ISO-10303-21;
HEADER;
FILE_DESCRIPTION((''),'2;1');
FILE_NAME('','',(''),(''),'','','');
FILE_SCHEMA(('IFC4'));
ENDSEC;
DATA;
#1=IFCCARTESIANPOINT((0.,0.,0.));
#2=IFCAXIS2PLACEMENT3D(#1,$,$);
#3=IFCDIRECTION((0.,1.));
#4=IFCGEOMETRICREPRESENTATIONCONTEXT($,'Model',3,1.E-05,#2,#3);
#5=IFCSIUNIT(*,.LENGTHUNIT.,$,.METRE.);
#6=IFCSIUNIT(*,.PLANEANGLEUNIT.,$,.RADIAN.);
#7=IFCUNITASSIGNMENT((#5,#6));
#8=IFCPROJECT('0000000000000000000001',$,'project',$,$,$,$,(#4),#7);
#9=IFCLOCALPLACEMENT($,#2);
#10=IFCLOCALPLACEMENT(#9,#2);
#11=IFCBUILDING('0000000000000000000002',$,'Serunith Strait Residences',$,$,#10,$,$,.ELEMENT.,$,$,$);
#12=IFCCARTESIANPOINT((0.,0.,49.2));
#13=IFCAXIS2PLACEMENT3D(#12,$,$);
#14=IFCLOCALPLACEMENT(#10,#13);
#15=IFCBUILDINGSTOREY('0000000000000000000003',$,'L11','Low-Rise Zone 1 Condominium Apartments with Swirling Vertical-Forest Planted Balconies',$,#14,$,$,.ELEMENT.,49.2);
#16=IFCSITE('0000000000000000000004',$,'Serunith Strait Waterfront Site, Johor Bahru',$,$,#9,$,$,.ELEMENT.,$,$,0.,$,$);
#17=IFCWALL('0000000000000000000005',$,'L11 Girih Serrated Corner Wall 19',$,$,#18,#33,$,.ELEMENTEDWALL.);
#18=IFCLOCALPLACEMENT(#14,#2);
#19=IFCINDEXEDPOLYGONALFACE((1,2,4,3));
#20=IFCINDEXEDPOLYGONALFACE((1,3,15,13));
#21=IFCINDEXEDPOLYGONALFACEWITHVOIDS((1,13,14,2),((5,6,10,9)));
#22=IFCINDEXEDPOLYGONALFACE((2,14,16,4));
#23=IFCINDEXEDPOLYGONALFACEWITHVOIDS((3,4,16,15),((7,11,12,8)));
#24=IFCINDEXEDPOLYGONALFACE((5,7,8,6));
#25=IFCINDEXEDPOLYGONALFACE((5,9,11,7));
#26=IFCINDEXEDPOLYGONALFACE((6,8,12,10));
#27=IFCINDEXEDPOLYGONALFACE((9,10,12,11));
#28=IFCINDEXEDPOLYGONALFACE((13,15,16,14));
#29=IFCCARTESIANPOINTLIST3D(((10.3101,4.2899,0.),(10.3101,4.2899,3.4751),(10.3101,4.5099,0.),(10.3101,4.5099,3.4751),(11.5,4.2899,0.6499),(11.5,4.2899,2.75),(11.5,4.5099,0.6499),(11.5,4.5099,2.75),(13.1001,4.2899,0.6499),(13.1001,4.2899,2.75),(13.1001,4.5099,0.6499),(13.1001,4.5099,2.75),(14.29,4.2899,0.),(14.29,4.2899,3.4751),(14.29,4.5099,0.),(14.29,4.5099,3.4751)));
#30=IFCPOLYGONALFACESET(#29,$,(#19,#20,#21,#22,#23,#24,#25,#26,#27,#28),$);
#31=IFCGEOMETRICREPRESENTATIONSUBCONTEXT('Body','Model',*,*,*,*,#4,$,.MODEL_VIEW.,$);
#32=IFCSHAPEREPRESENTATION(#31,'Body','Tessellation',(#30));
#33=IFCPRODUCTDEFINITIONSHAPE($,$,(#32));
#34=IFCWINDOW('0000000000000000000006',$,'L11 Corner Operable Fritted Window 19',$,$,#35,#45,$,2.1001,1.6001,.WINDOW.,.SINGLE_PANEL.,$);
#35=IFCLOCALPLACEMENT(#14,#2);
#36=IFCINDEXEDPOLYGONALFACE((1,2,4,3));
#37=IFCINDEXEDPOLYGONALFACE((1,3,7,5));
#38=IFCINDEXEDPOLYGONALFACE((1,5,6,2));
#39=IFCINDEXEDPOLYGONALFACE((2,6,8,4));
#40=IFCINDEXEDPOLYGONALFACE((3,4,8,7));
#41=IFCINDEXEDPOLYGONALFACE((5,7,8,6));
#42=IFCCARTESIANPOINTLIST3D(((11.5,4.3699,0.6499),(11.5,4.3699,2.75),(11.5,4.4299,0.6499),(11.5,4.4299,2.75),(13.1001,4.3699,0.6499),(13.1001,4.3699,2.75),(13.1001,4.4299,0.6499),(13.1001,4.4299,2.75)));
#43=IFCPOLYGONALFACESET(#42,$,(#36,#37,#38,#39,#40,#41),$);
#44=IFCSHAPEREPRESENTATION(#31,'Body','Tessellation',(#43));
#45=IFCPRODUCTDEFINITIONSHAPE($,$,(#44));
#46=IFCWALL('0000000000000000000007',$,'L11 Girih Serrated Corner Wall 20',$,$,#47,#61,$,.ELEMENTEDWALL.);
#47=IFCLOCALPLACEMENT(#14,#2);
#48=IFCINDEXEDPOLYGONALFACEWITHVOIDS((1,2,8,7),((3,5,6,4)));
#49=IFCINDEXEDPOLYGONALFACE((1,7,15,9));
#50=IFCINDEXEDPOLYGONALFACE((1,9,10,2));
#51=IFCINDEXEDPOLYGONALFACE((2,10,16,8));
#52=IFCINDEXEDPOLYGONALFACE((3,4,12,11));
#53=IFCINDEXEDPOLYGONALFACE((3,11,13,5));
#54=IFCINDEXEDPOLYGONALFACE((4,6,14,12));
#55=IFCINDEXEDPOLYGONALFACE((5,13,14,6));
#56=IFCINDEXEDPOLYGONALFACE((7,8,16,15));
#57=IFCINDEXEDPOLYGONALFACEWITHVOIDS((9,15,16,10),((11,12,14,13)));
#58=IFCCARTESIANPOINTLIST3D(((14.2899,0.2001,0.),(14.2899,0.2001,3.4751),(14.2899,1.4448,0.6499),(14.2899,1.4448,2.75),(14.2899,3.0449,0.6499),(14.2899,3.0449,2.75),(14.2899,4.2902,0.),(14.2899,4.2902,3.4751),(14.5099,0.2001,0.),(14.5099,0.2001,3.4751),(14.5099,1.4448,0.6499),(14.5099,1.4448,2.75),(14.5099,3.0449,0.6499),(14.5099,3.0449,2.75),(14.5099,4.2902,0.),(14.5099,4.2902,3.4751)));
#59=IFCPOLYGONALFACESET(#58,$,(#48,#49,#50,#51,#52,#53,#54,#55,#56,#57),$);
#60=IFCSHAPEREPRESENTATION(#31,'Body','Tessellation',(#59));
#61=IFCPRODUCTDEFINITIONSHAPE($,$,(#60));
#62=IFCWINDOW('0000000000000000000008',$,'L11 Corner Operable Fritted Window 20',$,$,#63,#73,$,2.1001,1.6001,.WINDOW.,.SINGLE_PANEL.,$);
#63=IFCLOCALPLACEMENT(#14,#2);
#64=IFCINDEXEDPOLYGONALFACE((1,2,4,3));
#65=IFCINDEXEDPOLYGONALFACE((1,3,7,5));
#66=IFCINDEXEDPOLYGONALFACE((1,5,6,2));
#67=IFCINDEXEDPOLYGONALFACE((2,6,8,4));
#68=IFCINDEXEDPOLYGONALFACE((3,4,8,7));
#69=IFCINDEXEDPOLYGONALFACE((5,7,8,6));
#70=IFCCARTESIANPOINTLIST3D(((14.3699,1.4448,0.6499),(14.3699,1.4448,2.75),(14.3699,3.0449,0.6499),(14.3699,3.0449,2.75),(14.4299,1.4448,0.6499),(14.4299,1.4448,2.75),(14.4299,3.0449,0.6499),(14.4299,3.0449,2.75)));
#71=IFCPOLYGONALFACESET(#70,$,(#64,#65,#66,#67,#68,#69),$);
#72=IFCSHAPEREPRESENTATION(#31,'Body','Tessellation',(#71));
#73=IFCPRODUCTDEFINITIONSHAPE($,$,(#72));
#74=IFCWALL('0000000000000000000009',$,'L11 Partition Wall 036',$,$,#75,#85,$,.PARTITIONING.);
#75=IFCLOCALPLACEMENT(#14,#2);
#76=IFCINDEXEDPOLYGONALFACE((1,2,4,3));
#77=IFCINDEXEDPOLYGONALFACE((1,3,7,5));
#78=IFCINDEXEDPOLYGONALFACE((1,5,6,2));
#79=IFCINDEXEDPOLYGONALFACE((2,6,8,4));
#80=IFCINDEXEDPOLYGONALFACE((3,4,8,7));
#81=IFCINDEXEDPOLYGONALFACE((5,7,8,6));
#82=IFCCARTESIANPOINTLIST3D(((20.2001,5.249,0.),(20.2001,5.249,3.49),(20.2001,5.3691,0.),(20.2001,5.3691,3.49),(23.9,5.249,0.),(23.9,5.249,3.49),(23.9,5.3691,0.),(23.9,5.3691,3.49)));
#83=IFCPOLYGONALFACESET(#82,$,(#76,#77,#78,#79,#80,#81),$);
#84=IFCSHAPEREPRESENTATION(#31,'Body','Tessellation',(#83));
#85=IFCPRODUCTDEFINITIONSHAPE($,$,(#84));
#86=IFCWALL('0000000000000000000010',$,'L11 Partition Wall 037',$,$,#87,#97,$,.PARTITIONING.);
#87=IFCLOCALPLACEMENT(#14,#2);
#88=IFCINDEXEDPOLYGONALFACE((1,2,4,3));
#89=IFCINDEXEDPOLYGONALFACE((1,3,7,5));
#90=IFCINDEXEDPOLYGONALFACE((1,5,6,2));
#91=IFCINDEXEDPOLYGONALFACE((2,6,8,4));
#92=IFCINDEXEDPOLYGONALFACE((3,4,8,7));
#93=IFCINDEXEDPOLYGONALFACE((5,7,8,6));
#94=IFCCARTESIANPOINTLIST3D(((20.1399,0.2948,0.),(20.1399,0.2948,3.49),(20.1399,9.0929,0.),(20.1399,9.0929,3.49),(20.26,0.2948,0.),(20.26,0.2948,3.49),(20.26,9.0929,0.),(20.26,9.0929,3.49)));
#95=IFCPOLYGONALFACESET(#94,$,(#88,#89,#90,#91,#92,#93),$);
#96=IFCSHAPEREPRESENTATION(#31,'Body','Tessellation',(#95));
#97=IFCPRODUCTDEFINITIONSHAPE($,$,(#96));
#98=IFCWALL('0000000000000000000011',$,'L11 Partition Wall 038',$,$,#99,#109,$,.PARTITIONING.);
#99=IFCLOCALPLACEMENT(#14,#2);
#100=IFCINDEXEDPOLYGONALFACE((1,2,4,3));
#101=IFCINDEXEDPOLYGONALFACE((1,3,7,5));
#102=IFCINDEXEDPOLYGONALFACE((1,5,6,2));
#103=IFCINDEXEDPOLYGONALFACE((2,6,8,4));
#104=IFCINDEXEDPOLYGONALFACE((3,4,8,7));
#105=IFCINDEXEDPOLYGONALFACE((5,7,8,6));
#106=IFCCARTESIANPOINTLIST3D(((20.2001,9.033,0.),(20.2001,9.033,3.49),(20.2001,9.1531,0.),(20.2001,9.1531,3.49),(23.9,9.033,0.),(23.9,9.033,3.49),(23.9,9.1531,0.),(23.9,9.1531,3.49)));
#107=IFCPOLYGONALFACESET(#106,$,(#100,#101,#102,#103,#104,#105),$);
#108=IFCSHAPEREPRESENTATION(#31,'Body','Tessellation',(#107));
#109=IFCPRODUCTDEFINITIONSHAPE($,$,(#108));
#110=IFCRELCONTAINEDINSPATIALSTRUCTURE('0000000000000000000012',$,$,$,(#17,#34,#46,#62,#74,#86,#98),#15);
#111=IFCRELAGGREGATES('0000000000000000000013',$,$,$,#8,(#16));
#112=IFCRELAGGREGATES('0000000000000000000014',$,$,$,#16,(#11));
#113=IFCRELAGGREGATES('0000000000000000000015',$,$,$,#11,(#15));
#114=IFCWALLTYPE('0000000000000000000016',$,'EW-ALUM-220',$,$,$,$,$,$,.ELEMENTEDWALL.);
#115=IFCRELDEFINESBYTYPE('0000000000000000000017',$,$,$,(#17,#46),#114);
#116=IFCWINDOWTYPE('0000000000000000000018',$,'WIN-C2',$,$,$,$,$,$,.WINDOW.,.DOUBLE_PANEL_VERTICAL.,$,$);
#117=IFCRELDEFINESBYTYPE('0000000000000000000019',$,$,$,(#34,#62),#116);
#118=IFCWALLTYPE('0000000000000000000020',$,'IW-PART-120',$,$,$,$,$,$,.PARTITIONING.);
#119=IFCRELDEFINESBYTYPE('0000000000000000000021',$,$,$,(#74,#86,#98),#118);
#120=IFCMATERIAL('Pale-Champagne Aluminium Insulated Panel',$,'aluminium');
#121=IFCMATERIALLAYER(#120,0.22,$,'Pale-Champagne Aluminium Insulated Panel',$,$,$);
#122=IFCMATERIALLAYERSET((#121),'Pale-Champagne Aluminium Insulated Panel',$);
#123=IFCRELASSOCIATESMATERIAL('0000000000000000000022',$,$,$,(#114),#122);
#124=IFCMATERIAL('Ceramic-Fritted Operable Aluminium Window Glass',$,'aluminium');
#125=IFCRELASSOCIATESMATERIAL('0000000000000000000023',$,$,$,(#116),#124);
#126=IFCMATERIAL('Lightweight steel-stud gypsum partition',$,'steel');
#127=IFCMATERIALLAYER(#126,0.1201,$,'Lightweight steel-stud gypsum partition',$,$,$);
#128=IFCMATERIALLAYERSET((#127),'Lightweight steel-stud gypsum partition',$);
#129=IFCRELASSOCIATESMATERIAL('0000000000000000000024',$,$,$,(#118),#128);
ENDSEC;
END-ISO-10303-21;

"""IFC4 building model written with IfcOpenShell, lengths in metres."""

from ifc_helpers import new_model, si_unit, direction, frame, frame_2d, origin, place, context, subcontext, project, spatial, rectangle, extrude, source, transform, mapped, material, layer, layer_set, type_object, element, fill, save


model = new_model("IFC4")

# Units and contexts
model_context = context("Model", 3, precision=1e-05, world=origin(), true_north=direction((0.0, 1.0)))
body_context = subcontext(model_context, "Body", "Model", "MODEL_VIEW")
ifc_project = project(units=[si_unit("LENGTHUNIT", "METRE"), si_unit("PLANEANGLEUNIT", "RADIAN")], contexts=[model_context])

# Site, building, storey
site_placement = place(None, origin())
site = spatial("IfcSite", under=ifc_project, at=site_placement, Name="Serunith Strait Waterfront Site, Johor Bahru", CompositionType="ELEMENT", RefElevation=0.0)
building_placement = place(site_placement, origin())
building = spatial("IfcBuilding", under=site, at=building_placement, Name="Serunith Strait Residences", CompositionType="ELEMENT")
storey_placement = place(building_placement, frame((0.0, 0.0, 49.2)))
storey = spatial("IfcBuildingStorey", under=building, at=storey_placement, Name="L11", Description="Low-Rise Zone 1 Condominium Apartments with Swirling Vertical-Forest Planted Balconies", CompositionType="ELEMENT", Elevation=49.2)

# Walls, openings, windows
ifc_material_1 = material(Name="Pale-Champagne Aluminium Insulated Panel", Category="aluminium")
ifc_layer_1 = layer(ifc_material_1, 0.22, Name="Pale-Champagne Aluminium Insulated Panel")
ifc_layer_set_1 = layer_set([ifc_layer_1], Name="Pale-Champagne Aluminium Insulated Panel")
wall_type_1 = type_object("IfcWallType", Name="EW-ALUM-220", PredefinedType="ELEMENTEDWALL", material=ifc_layer_set_1)
ifc_material_2 = material(Name="Ceramic-Fritted Operable Aluminium Window Glass", Category="aluminium")
window_type = type_object("IfcWindowType", Name="WIN-C2", PartitioningType="DOUBLE_PANEL_VERTICAL", PredefinedType="WINDOW", material=ifc_material_2)
shared_shape_1 = source(origin(), body_context, "Body", "SweptSolid", [
    extrude(rectangle(XDim=1.6001, YDim=2.1001, at=frame_2d((0.8, 1.05))), frame((0.0, 0.03, 0.0), z_axis=(0.0, -1.0, 0.0), x_axis=(1.0, 0.0, 0.0)), (0.0, 0.0, 1.0), 0.0601),
])
wall_1_placement = place(storey_placement, frame((10.3101, 4.3999, 0.0), z_axis=(0.0, 0.0, 1.0), x_axis=(1.0, 0.0, 0.0)))
wall_1 = element("IfcWall", 1, at=wall_1_placement, inside=storey, type_object=wall_type_1, Name="L11 Girih Serrated Corner Wall 19", PredefinedType="ELEMENTEDWALL", context=body_context, shape_type="SweptSolid", body=[
    extrude(rectangle(XDim=3.98, YDim=0.22, at=frame_2d((1.99, 0.0))), origin(), (0.0, 0.0, 1.0), 3.4751),
])
opening_1_placement = place(wall_1_placement, frame((1.1899, 0.0, 0.6499)))
opening_1 = element("IfcOpeningElement", 2, at=opening_1_placement, cuts=wall_1, PredefinedType="OPENING", context=body_context, shape_type="SweptSolid", body=[
    extrude(rectangle(XDim=1.6001, YDim=2.1001, at=frame_2d((0.8, 1.05))), frame((0.0, 0.1201, 0.0), z_axis=(0.0, -1.0, 0.0), x_axis=(1.0, 0.0, 0.0)), (0.0, 0.0, 1.0), 0.24),
])
window_1_placement = place(opening_1_placement, origin())
window_1 = element("IfcWindow", 3, at=window_1_placement, inside=storey, type_object=window_type, Name="L11 Corner Operable Fritted Window 19", OverallHeight=2.1001, OverallWidth=1.6001, PartitioningType="SINGLE_PANEL", PredefinedType="WINDOW", context=body_context, shape_type="MappedRepresentation", body=[
    mapped(shared_shape_1, transform((0.0, 0.0, 0.0), scale=1.0)),
])
fill(opening_1, window_1)
wall_2_placement = place(storey_placement, frame((14.3999, 4.29, 0.0), z_axis=(0.0, 0.0, 1.0), x_axis=(0.0, -1.0, 0.0)))
wall_2 = element("IfcWall", 4, at=wall_2_placement, inside=storey, type_object=wall_type_1, Name="L11 Girih Serrated Corner Wall 20", PredefinedType="ELEMENTEDWALL", context=body_context, shape_type="SweptSolid", body=[
    extrude(rectangle(XDim=4.0901, YDim=0.22, at=frame_2d((2.0449, 0.0))), origin(), (0.0, 0.0, 1.0), 3.4751),
])
opening_2_placement = place(wall_2_placement, frame((1.2451, 0.0, 0.6499)))
opening_2 = element("IfcOpeningElement", 5, at=opening_2_placement, cuts=wall_2, PredefinedType="OPENING", context=body_context, shape_type="SweptSolid", body=[
    extrude(rectangle(XDim=1.6001, YDim=2.1001, at=frame_2d((0.8, 1.05))), frame((0.0, 0.1201, 0.0), z_axis=(0.0, -1.0, 0.0), x_axis=(1.0, 0.0, 0.0)), (0.0, 0.0, 1.0), 0.24),
])
window_2_placement = place(opening_2_placement, origin())
window_2 = element("IfcWindow", 6, at=window_2_placement, inside=storey, type_object=window_type, Name="L11 Corner Operable Fritted Window 20", OverallHeight=2.1001, OverallWidth=1.6001, PartitioningType="SINGLE_PANEL", PredefinedType="WINDOW", context=body_context, shape_type="MappedRepresentation", body=[
    mapped(shared_shape_1, transform((0.0, 0.0, 0.0), scale=1.0)),
])
fill(opening_2, window_2)

# Walls
ifc_material_3 = material(Name="Lightweight steel-stud gypsum partition", Category="steel")
ifc_layer_2 = layer(ifc_material_3, 0.1201, Name="Lightweight steel-stud gypsum partition")
ifc_layer_set_2 = layer_set([ifc_layer_2], Name="Lightweight steel-stud gypsum partition")
wall_type_2 = type_object("IfcWallType", Name="IW-PART-120", PredefinedType="PARTITIONING", material=ifc_layer_set_2)
wall_3_placement = place(storey_placement, frame((20.2, 5.3091, 0.0), z_axis=(0.0, 0.0, 1.0), x_axis=(1.0, 0.0, 0.0)))
element("IfcWall", 7, at=wall_3_placement, inside=storey, type_object=wall_type_2, Name="L11 Partition Wall 036", PredefinedType="PARTITIONING", context=body_context, shape_type="SweptSolid", body=[
    extrude(rectangle(XDim=3.7, YDim=0.1201, at=frame_2d((1.8501, 0.0))), origin(), (0.0, 0.0, 1.0), 3.49),
])
wall_4_placement = place(storey_placement, frame((20.2, 0.2949, 0.0), z_axis=(0.0, 0.0, 1.0), x_axis=(0.0, 1.0, 0.0)))
element("IfcWall", 8, at=wall_4_placement, inside=storey, type_object=wall_type_2, Name="L11 Partition Wall 037", PredefinedType="PARTITIONING", context=body_context, shape_type="SweptSolid", body=[
    extrude(rectangle(XDim=8.7981, YDim=0.1201, at=frame_2d((4.3989, 0.0))), origin(), (0.0, 0.0, 1.0), 3.49),
])
wall_5_placement = place(storey_placement, frame((20.2, 9.093, 0.0), z_axis=(0.0, 0.0, 1.0), x_axis=(1.0, 0.0, 0.0)))
element("IfcWall", 9, at=wall_5_placement, inside=storey, type_object=wall_type_2, Name="L11 Partition Wall 038", PredefinedType="PARTITIONING", context=body_context, shape_type="SweptSolid", body=[
    extrude(rectangle(XDim=3.7, YDim=0.1201, at=frame_2d((1.8501, 0.0))), origin(), (0.0, 0.0, 1.0), 3.49),
])

save(model, "model.ifc")
